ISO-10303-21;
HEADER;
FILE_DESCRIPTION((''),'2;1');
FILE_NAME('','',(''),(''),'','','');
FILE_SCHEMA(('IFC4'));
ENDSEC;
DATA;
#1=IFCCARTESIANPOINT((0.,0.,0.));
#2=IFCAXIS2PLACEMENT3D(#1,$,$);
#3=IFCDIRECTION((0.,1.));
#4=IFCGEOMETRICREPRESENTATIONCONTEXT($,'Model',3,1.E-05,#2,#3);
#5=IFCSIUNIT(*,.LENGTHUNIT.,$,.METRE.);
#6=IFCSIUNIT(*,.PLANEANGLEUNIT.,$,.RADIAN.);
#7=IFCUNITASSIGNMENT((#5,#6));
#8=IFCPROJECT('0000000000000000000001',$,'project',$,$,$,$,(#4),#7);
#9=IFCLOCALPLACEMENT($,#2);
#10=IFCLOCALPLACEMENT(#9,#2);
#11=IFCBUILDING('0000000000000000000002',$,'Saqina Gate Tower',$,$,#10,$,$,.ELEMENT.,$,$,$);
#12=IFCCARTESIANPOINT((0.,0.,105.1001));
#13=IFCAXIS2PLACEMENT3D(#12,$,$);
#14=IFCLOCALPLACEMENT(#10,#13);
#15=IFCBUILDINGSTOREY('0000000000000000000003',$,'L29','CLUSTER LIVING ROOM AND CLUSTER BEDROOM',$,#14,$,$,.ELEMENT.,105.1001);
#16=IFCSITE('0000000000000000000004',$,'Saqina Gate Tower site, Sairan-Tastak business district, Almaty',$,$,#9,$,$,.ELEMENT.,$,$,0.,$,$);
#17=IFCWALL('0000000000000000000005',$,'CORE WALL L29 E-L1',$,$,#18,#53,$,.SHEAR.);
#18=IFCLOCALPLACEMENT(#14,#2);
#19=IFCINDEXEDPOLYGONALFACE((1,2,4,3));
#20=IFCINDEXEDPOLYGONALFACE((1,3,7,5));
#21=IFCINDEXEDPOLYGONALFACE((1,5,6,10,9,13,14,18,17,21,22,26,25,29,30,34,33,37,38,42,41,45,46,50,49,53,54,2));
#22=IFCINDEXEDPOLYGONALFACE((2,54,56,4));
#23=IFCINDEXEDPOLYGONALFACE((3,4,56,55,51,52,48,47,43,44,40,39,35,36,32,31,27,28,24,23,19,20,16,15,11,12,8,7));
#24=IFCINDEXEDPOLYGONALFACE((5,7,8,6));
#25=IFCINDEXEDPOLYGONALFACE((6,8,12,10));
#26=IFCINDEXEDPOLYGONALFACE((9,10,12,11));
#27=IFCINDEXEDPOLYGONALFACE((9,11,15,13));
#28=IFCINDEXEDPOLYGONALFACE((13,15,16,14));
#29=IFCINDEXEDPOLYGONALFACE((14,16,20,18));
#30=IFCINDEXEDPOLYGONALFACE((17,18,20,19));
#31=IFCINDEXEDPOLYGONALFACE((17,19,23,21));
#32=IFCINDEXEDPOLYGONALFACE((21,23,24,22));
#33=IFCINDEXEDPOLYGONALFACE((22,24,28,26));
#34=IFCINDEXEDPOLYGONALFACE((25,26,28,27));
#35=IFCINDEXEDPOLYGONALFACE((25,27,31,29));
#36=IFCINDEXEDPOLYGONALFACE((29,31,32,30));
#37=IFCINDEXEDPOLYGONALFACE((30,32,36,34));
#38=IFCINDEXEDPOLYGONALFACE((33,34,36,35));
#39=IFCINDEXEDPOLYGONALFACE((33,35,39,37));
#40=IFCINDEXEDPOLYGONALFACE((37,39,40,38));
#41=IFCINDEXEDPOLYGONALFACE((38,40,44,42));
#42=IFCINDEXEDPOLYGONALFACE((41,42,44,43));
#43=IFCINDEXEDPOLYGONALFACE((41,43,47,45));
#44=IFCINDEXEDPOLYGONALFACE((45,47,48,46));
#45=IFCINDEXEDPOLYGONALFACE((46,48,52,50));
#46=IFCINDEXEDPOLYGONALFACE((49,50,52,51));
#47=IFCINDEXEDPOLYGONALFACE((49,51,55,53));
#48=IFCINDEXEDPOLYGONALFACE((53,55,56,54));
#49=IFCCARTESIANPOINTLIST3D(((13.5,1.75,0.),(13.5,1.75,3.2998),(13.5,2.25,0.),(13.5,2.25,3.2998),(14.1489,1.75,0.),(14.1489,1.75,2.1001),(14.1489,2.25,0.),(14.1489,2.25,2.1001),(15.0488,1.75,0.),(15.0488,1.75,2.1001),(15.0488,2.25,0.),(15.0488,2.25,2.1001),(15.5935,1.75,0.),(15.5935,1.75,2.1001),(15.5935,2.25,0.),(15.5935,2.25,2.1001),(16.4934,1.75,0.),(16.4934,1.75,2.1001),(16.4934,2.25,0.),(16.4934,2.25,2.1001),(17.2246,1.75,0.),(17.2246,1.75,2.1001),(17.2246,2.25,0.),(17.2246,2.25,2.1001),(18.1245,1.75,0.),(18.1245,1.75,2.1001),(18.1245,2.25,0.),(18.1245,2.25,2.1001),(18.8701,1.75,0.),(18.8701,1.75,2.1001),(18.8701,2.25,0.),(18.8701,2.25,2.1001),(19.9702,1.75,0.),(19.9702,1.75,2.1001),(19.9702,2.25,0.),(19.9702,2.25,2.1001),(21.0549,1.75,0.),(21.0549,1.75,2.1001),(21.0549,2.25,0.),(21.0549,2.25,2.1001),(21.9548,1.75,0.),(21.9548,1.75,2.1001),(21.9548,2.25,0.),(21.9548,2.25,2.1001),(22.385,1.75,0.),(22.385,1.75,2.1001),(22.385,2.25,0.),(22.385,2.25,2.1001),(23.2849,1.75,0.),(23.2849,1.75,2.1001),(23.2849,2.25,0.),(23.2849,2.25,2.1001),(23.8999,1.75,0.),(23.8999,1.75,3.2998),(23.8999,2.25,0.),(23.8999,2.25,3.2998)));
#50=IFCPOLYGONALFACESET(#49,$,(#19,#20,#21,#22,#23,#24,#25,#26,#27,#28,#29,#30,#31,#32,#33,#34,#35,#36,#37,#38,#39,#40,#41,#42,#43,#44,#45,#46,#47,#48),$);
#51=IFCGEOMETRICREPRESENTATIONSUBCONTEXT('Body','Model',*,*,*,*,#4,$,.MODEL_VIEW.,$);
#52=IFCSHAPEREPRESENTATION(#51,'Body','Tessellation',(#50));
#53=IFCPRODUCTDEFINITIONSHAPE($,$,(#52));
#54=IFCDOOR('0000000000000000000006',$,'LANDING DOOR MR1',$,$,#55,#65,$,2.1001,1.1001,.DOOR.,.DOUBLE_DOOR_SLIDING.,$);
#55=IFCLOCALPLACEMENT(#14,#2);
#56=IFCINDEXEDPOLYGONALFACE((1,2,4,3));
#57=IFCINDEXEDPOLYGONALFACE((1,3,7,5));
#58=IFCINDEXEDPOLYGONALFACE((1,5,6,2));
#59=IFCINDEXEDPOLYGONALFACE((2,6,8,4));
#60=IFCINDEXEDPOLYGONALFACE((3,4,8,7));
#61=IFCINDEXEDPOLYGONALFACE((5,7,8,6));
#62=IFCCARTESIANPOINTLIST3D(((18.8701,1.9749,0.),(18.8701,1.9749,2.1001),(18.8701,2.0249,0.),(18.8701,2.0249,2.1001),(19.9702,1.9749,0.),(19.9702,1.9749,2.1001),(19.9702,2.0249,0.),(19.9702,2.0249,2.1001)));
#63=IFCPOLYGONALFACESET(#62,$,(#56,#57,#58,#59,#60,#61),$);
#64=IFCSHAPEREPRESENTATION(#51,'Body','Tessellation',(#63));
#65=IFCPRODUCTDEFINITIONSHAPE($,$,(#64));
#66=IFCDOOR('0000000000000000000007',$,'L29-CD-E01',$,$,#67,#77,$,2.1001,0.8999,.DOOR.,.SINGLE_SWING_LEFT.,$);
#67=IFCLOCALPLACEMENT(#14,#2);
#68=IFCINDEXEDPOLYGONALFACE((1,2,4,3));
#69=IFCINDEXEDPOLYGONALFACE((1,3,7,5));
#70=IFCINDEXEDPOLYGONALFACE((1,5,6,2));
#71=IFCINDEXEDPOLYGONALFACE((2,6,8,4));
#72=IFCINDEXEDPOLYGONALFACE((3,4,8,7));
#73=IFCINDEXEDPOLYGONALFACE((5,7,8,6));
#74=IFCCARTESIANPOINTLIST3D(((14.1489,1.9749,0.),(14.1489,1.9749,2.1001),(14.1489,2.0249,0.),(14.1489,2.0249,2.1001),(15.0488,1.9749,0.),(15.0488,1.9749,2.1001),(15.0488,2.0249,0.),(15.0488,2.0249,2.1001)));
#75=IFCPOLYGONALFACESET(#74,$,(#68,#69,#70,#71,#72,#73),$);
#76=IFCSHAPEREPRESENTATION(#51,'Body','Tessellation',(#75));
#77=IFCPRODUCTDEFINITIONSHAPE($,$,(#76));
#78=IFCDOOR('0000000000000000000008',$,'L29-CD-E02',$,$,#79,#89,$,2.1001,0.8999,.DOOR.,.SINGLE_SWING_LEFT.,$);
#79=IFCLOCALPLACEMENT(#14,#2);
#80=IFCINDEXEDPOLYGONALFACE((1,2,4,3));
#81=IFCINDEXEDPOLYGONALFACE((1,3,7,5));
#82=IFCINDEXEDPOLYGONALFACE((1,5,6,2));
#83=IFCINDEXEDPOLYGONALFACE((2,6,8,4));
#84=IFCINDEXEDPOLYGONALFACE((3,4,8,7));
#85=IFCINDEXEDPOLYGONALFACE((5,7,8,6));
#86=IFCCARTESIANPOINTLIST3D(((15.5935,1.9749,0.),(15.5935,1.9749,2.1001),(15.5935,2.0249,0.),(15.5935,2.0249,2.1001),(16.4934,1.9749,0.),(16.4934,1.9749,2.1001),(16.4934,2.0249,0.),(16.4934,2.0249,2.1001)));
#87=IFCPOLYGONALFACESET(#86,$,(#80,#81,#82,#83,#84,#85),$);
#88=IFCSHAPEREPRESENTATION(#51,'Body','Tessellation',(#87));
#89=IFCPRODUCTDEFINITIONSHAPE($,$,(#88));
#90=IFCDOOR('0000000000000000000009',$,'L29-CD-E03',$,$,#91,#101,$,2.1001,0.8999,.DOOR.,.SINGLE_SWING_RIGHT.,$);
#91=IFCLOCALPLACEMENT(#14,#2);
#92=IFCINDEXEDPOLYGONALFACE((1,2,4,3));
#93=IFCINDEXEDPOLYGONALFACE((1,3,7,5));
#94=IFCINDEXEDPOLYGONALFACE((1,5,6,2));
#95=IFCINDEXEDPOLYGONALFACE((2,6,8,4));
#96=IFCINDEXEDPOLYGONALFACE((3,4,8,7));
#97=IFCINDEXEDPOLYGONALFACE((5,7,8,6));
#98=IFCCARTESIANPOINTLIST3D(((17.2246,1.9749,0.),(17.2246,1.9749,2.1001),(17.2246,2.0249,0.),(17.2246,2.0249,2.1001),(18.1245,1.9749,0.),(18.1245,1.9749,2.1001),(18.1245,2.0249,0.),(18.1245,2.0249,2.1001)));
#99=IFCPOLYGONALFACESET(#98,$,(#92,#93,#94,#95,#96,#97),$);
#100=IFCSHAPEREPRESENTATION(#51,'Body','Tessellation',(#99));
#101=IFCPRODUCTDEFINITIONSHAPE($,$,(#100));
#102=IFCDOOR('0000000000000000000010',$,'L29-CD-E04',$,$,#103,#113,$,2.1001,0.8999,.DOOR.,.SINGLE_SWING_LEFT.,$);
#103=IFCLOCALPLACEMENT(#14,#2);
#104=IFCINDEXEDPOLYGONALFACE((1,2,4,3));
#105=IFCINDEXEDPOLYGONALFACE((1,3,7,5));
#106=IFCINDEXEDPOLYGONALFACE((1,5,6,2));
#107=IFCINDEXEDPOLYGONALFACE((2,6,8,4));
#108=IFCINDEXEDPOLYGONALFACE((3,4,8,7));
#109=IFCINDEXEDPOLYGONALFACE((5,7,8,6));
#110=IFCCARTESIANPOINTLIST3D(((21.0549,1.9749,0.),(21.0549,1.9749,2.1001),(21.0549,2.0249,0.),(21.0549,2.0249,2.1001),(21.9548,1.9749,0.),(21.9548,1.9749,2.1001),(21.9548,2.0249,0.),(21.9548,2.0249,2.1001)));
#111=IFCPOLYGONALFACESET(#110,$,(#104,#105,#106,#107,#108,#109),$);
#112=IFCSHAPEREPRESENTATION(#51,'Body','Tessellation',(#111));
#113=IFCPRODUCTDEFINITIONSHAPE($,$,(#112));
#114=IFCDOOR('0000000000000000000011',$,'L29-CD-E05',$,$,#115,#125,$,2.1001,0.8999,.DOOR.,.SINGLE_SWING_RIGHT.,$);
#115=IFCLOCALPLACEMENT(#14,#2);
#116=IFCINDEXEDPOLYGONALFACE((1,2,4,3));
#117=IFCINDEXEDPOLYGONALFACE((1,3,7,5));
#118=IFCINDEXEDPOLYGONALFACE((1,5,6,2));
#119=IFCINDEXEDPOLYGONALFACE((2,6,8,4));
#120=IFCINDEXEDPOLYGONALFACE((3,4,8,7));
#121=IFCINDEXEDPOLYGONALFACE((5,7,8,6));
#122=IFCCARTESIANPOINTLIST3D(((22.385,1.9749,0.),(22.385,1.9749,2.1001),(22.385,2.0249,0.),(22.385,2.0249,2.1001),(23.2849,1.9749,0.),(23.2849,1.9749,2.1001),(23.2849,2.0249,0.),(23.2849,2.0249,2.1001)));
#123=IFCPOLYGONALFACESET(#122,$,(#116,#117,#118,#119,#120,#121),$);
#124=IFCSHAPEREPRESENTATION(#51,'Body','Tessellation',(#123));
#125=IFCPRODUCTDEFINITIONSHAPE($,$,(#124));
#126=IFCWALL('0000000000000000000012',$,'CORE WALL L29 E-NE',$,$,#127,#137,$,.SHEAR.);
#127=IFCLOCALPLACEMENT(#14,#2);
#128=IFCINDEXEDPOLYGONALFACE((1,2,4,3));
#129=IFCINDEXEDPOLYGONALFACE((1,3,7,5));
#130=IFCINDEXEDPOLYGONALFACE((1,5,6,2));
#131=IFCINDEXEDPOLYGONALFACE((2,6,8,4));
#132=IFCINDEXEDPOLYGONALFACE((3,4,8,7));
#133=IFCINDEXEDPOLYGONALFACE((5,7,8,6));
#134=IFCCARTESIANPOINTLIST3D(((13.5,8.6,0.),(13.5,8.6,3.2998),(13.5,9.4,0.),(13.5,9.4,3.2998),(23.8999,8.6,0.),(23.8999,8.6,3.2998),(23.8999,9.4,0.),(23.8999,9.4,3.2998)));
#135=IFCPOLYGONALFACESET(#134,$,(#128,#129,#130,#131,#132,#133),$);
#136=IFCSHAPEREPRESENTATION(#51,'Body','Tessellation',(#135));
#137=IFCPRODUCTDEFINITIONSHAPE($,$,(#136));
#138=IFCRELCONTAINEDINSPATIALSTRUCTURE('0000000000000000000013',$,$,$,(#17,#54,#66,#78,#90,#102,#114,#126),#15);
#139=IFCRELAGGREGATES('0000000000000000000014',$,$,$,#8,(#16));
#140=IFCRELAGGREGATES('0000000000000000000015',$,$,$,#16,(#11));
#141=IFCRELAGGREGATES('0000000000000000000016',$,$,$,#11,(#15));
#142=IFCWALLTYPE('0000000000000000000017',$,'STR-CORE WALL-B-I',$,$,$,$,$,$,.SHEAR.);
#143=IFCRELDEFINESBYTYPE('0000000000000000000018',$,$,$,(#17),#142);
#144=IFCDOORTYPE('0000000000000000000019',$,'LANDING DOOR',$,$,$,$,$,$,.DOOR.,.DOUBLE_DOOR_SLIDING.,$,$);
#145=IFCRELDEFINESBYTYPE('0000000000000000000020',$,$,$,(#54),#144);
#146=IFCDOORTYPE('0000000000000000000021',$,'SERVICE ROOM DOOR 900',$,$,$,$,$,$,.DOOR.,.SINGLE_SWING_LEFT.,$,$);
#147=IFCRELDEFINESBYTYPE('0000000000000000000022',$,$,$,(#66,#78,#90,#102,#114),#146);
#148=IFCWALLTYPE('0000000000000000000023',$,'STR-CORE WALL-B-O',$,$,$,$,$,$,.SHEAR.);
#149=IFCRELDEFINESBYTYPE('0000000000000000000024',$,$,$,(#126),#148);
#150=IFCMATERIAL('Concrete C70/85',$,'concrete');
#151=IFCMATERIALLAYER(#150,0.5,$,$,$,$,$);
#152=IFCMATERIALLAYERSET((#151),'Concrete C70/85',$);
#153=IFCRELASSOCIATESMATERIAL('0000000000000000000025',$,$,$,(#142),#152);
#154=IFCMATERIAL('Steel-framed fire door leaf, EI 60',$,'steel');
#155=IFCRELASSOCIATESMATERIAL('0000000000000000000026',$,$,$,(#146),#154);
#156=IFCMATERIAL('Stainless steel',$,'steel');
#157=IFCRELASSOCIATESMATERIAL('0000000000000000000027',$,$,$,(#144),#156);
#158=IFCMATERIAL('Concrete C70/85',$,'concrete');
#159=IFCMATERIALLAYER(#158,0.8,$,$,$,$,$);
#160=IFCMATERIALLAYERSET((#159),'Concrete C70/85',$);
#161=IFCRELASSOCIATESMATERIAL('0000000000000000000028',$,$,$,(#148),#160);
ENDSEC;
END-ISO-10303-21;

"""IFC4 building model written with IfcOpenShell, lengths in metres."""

from ifc_helpers import new_model, si_unit, direction, frame, frame_2d, origin, place, context, subcontext, project, spatial, rectangle, extrude, material, layer, layer_set, type_object, element, fill, save


model = new_model("IFC4")

# Units and contexts
model_context = context("Model", 3, precision=1e-05, world=origin(), true_north=direction((0.0, 1.0)))
body_context = subcontext(model_context, "Body", "Model", "MODEL_VIEW")
ifc_project = project(units=[si_unit("LENGTHUNIT", "METRE"), si_unit("PLANEANGLEUNIT", "RADIAN")], contexts=[model_context])

# Site, building, storey
site_placement = place(None, origin())
site = spatial("IfcSite", under=ifc_project, at=site_placement, Name="Saqina Gate Tower site, Sairan-Tastak business district, Almaty", CompositionType="ELEMENT", RefElevation=0.0)
building_placement = place(site_placement, origin())
building = spatial("IfcBuilding", under=site, at=building_placement, Name="Saqina Gate Tower", CompositionType="ELEMENT")
storey_placement = place(building_placement, frame((0.0, 0.0, 105.1001)))
storey = spatial("IfcBuildingStorey", under=building, at=storey_placement, Name="L29", Description="CLUSTER LIVING ROOM AND CLUSTER BEDROOM", CompositionType="ELEMENT", Elevation=105.1001)

# Shared definitions
ifc_material_1 = material(Name="Concrete C70/85", Category="concrete")
ifc_layer_1 = layer(ifc_material_1, 0.5)
ifc_layer_set_1 = layer_set([ifc_layer_1], Name="Concrete C70/85")
wall_type_1 = type_object("IfcWallType", Name="STR-CORE WALL-B-I", PredefinedType="SHEAR", material=ifc_layer_set_1)
ifc_material_2 = material(Name="Steel-framed fire door leaf, EI 60", Category="steel")
door_type_1 = type_object("IfcDoorType", Name="SERVICE ROOM DOOR 900", OperationType="SINGLE_SWING_LEFT", PredefinedType="DOOR", material=ifc_material_2)

# Wall, openings, doors
wall_1_placement = place(storey_placement, frame((13.5, 2.0, 0.0), z_axis=(0.0, 0.0, 1.0), x_axis=(1.0, 0.0, 0.0)))
wall_1 = element("IfcWall", 1, at=wall_1_placement, inside=storey, type_object=wall_type_1, Name="CORE WALL L29 E-L1", PredefinedType="SHEAR", context=body_context, shape_type="SweptSolid", body=[
    extrude(rectangle(XDim=10.3999, YDim=0.5, at=frame_2d((5.2, 0.0))), origin(), (0.0, 0.0, 1.0), 3.2998),
])
opening_1_placement = place(wall_1_placement, frame((5.3701, 0.0, 0.0)))
opening_1 = element("IfcOpeningElement", 2, at=opening_1_placement, cuts=wall_1, PredefinedType="OPENING", context=body_context, shape_type="SweptSolid", body=[
    extrude(rectangle(XDim=1.1001, YDim=2.1001, at=frame_2d((0.55, 1.05))), frame((0.0, 0.262, 0.0), z_axis=(0.0, -1.0, 0.0), x_axis=(1.0, 0.0, 0.0)), (0.0, 0.0, 1.0), 0.5239),
])
opening_2_placement = place(wall_1_placement, frame((0.6489, 0.0, 0.0)))
opening_2 = element("IfcOpeningElement", 3, at=opening_2_placement, cuts=wall_1, PredefinedType="OPENING", context=body_context, shape_type="SweptSolid", body=[
    extrude(rectangle(XDim=0.8999, YDim=2.1001, at=frame_2d((0.45, 1.05))), frame((0.0, 0.262, 0.0), z_axis=(0.0, -1.0, 0.0), x_axis=(1.0, 0.0, 0.0)), (0.0, 0.0, 1.0), 0.5239),
])
opening_3_placement = place(wall_1_placement, frame((2.0935, 0.0, 0.0)))
opening_3 = element("IfcOpeningElement", 4, at=opening_3_placement, cuts=wall_1, PredefinedType="OPENING", context=body_context, shape_type="SweptSolid", body=[
    extrude(rectangle(XDim=0.8999, YDim=2.1001, at=frame_2d((0.45, 1.05))), frame((0.0, 0.262, 0.0), z_axis=(0.0, -1.0, 0.0), x_axis=(1.0, 0.0, 0.0)), (0.0, 0.0, 1.0), 0.5239),
])
opening_4_placement = place(wall_1_placement, frame((3.7246, 0.0, 0.0)))
opening_4 = element("IfcOpeningElement", 5, at=opening_4_placement, cuts=wall_1, PredefinedType="OPENING", context=body_context, shape_type="SweptSolid", body=[
    extrude(rectangle(XDim=0.8999, YDim=2.1001, at=frame_2d((0.45, 1.05))), frame((0.0, 0.262, 0.0), z_axis=(0.0, -1.0, 0.0), x_axis=(1.0, 0.0, 0.0)), (0.0, 0.0, 1.0), 0.5239),
])
opening_5_placement = place(wall_1_placement, frame((7.5549, 0.0, 0.0)))
opening_5 = element("IfcOpeningElement", 6, at=opening_5_placement, cuts=wall_1, PredefinedType="OPENING", context=body_context, shape_type="SweptSolid", body=[
    extrude(rectangle(XDim=0.8999, YDim=2.1001, at=frame_2d((0.45, 1.05))), frame((0.0, 0.262, 0.0), z_axis=(0.0, -1.0, 0.0), x_axis=(1.0, 0.0, 0.0)), (0.0, 0.0, 1.0), 0.5239),
])
opening_6_placement = place(wall_1_placement, frame((8.885, 0.0, 0.0)))
opening_6 = element("IfcOpeningElement", 7, at=opening_6_placement, cuts=wall_1, PredefinedType="OPENING", context=body_context, shape_type="SweptSolid", body=[
    extrude(rectangle(XDim=0.8999, YDim=2.1001, at=frame_2d((0.45, 1.05))), frame((0.0, 0.262, 0.0), z_axis=(0.0, -1.0, 0.0), x_axis=(1.0, 0.0, 0.0)), (0.0, 0.0, 1.0), 0.5239),
])
ifc_material_3 = material(Name="Stainless steel", Category="steel")
door_type_2 = type_object("IfcDoorType", Name="LANDING DOOR", OperationType="DOUBLE_DOOR_SLIDING", PredefinedType="DOOR", material=ifc_material_3)
door_1_placement = place(opening_1_placement, origin())
door_1 = element("IfcDoor", 8, at=door_1_placement, inside=storey, type_object=door_type_2, Name="LANDING DOOR MR1", OperationType="DOUBLE_DOOR_SLIDING", OverallHeight=2.1001, OverallWidth=1.1001, PredefinedType="DOOR", context=body_context, shape_type="SweptSolid", body=[
    extrude(rectangle(XDim=1.1001, YDim=2.1001, at=frame_2d((0.55, 1.05))), frame((0.0, 0.0249, 0.0), z_axis=(0.0, -1.0, 0.0), x_axis=(1.0, 0.0, 0.0)), (0.0, 0.0, 1.0), 0.05),
])
fill(opening_1, door_1)
door_2_placement = place(opening_2_placement, origin())
door_2 = element("IfcDoor", 9, at=door_2_placement, inside=storey, type_object=door_type_1, Name="L29-CD-E01", OperationType="SINGLE_SWING_LEFT", OverallHeight=2.1001, OverallWidth=0.8999, PredefinedType="DOOR", context=body_context, shape_type="SweptSolid", body=[
    extrude(rectangle(XDim=0.8999, YDim=2.1001, at=frame_2d((0.45, 1.05))), frame((0.0, 0.0249, 0.0), z_axis=(0.0, -1.0, 0.0), x_axis=(1.0, 0.0, 0.0)), (0.0, 0.0, 1.0), 0.05),
])
fill(opening_2, door_2)
door_3_placement = place(opening_3_placement, origin())
door_3 = element("IfcDoor", 10, at=door_3_placement, inside=storey, type_object=door_type_1, Name="L29-CD-E02", OperationType="SINGLE_SWING_LEFT", OverallHeight=2.1001, OverallWidth=0.8999, PredefinedType="DOOR", context=body_context, shape_type="SweptSolid", body=[
    extrude(rectangle(XDim=0.8999, YDim=2.1001, at=frame_2d((0.45, 1.05))), frame((0.0, 0.0249, 0.0), z_axis=(0.0, -1.0, 0.0), x_axis=(1.0, 0.0, 0.0)), (0.0, 0.0, 1.0), 0.05),
])
fill(opening_3, door_3)
door_4_placement = place(opening_4_placement, origin())
door_4 = element("IfcDoor", 11, at=door_4_placement, inside=storey, type_object=door_type_1, Name="L29-CD-E03", OperationType="SINGLE_SWING_RIGHT", OverallHeight=2.1001, OverallWidth=0.8999, PredefinedType="DOOR", context=body_context, shape_type="SweptSolid", body=[
    extrude(rectangle(XDim=0.8999, YDim=2.1001, at=frame_2d((0.45, 1.05))), frame((0.0, 0.0249, 0.0), z_axis=(0.0, -1.0, 0.0), x_axis=(1.0, 0.0, 0.0)), (0.0, 0.0, 1.0), 0.05),
])
fill(opening_4, door_4)
door_5_placement = place(opening_5_placement, origin())
door_5 = element("IfcDoor", 12, at=door_5_placement, inside=storey, type_object=door_type_1, Name="L29-CD-E04", OperationType="SINGLE_SWING_LEFT", OverallHeight=2.1001, OverallWidth=0.8999, PredefinedType="DOOR", context=body_context, shape_type="SweptSolid", body=[
    extrude(rectangle(XDim=0.8999, YDim=2.1001, at=frame_2d((0.45, 1.05))), frame((0.0, 0.0249, 0.0), z_axis=(0.0, -1.0, 0.0), x_axis=(1.0, 0.0, 0.0)), (0.0, 0.0, 1.0), 0.05),
])
fill(opening_5, door_5)
door_6_placement = place(opening_6_placement, origin())
door_6 = element("IfcDoor", 13, at=door_6_placement, inside=storey, type_object=door_type_1, Name="L29-CD-E05", OperationType="SINGLE_SWING_RIGHT", OverallHeight=2.1001, OverallWidth=0.8999, PredefinedType="DOOR", context=body_context, shape_type="SweptSolid", body=[
    extrude(rectangle(XDim=0.8999, YDim=2.1001, at=frame_2d((0.45, 1.05))), frame((0.0, 0.0249, 0.0), z_axis=(0.0, -1.0, 0.0), x_axis=(1.0, 0.0, 0.0)), (0.0, 0.0, 1.0), 0.05),
])
fill(opening_6, door_6)

# Wall
ifc_material_4 = material(Name="Concrete C70/85", Category="concrete")
ifc_layer_2 = layer(ifc_material_4, 0.8)
ifc_layer_set_2 = layer_set([ifc_layer_2], Name="Concrete C70/85")
wall_type_2 = type_object("IfcWallType", Name="STR-CORE WALL-B-O", PredefinedType="SHEAR", material=ifc_layer_set_2)
wall_2_placement = place(storey_placement, frame((13.5, 9.0, 0.0), z_axis=(0.0, 0.0, 1.0), x_axis=(1.0, 0.0, 0.0)))
element("IfcWall", 14, at=wall_2_placement, inside=storey, type_object=wall_type_2, Name="CORE WALL L29 E-NE", PredefinedType="SHEAR", context=body_context, shape_type="SweptSolid", body=[
    extrude(rectangle(XDim=10.3999, YDim=0.8, at=frame_2d((5.2, 0.0))), origin(), (0.0, 0.0, 1.0), 3.2998),
])

save(model, "model.ifc")
